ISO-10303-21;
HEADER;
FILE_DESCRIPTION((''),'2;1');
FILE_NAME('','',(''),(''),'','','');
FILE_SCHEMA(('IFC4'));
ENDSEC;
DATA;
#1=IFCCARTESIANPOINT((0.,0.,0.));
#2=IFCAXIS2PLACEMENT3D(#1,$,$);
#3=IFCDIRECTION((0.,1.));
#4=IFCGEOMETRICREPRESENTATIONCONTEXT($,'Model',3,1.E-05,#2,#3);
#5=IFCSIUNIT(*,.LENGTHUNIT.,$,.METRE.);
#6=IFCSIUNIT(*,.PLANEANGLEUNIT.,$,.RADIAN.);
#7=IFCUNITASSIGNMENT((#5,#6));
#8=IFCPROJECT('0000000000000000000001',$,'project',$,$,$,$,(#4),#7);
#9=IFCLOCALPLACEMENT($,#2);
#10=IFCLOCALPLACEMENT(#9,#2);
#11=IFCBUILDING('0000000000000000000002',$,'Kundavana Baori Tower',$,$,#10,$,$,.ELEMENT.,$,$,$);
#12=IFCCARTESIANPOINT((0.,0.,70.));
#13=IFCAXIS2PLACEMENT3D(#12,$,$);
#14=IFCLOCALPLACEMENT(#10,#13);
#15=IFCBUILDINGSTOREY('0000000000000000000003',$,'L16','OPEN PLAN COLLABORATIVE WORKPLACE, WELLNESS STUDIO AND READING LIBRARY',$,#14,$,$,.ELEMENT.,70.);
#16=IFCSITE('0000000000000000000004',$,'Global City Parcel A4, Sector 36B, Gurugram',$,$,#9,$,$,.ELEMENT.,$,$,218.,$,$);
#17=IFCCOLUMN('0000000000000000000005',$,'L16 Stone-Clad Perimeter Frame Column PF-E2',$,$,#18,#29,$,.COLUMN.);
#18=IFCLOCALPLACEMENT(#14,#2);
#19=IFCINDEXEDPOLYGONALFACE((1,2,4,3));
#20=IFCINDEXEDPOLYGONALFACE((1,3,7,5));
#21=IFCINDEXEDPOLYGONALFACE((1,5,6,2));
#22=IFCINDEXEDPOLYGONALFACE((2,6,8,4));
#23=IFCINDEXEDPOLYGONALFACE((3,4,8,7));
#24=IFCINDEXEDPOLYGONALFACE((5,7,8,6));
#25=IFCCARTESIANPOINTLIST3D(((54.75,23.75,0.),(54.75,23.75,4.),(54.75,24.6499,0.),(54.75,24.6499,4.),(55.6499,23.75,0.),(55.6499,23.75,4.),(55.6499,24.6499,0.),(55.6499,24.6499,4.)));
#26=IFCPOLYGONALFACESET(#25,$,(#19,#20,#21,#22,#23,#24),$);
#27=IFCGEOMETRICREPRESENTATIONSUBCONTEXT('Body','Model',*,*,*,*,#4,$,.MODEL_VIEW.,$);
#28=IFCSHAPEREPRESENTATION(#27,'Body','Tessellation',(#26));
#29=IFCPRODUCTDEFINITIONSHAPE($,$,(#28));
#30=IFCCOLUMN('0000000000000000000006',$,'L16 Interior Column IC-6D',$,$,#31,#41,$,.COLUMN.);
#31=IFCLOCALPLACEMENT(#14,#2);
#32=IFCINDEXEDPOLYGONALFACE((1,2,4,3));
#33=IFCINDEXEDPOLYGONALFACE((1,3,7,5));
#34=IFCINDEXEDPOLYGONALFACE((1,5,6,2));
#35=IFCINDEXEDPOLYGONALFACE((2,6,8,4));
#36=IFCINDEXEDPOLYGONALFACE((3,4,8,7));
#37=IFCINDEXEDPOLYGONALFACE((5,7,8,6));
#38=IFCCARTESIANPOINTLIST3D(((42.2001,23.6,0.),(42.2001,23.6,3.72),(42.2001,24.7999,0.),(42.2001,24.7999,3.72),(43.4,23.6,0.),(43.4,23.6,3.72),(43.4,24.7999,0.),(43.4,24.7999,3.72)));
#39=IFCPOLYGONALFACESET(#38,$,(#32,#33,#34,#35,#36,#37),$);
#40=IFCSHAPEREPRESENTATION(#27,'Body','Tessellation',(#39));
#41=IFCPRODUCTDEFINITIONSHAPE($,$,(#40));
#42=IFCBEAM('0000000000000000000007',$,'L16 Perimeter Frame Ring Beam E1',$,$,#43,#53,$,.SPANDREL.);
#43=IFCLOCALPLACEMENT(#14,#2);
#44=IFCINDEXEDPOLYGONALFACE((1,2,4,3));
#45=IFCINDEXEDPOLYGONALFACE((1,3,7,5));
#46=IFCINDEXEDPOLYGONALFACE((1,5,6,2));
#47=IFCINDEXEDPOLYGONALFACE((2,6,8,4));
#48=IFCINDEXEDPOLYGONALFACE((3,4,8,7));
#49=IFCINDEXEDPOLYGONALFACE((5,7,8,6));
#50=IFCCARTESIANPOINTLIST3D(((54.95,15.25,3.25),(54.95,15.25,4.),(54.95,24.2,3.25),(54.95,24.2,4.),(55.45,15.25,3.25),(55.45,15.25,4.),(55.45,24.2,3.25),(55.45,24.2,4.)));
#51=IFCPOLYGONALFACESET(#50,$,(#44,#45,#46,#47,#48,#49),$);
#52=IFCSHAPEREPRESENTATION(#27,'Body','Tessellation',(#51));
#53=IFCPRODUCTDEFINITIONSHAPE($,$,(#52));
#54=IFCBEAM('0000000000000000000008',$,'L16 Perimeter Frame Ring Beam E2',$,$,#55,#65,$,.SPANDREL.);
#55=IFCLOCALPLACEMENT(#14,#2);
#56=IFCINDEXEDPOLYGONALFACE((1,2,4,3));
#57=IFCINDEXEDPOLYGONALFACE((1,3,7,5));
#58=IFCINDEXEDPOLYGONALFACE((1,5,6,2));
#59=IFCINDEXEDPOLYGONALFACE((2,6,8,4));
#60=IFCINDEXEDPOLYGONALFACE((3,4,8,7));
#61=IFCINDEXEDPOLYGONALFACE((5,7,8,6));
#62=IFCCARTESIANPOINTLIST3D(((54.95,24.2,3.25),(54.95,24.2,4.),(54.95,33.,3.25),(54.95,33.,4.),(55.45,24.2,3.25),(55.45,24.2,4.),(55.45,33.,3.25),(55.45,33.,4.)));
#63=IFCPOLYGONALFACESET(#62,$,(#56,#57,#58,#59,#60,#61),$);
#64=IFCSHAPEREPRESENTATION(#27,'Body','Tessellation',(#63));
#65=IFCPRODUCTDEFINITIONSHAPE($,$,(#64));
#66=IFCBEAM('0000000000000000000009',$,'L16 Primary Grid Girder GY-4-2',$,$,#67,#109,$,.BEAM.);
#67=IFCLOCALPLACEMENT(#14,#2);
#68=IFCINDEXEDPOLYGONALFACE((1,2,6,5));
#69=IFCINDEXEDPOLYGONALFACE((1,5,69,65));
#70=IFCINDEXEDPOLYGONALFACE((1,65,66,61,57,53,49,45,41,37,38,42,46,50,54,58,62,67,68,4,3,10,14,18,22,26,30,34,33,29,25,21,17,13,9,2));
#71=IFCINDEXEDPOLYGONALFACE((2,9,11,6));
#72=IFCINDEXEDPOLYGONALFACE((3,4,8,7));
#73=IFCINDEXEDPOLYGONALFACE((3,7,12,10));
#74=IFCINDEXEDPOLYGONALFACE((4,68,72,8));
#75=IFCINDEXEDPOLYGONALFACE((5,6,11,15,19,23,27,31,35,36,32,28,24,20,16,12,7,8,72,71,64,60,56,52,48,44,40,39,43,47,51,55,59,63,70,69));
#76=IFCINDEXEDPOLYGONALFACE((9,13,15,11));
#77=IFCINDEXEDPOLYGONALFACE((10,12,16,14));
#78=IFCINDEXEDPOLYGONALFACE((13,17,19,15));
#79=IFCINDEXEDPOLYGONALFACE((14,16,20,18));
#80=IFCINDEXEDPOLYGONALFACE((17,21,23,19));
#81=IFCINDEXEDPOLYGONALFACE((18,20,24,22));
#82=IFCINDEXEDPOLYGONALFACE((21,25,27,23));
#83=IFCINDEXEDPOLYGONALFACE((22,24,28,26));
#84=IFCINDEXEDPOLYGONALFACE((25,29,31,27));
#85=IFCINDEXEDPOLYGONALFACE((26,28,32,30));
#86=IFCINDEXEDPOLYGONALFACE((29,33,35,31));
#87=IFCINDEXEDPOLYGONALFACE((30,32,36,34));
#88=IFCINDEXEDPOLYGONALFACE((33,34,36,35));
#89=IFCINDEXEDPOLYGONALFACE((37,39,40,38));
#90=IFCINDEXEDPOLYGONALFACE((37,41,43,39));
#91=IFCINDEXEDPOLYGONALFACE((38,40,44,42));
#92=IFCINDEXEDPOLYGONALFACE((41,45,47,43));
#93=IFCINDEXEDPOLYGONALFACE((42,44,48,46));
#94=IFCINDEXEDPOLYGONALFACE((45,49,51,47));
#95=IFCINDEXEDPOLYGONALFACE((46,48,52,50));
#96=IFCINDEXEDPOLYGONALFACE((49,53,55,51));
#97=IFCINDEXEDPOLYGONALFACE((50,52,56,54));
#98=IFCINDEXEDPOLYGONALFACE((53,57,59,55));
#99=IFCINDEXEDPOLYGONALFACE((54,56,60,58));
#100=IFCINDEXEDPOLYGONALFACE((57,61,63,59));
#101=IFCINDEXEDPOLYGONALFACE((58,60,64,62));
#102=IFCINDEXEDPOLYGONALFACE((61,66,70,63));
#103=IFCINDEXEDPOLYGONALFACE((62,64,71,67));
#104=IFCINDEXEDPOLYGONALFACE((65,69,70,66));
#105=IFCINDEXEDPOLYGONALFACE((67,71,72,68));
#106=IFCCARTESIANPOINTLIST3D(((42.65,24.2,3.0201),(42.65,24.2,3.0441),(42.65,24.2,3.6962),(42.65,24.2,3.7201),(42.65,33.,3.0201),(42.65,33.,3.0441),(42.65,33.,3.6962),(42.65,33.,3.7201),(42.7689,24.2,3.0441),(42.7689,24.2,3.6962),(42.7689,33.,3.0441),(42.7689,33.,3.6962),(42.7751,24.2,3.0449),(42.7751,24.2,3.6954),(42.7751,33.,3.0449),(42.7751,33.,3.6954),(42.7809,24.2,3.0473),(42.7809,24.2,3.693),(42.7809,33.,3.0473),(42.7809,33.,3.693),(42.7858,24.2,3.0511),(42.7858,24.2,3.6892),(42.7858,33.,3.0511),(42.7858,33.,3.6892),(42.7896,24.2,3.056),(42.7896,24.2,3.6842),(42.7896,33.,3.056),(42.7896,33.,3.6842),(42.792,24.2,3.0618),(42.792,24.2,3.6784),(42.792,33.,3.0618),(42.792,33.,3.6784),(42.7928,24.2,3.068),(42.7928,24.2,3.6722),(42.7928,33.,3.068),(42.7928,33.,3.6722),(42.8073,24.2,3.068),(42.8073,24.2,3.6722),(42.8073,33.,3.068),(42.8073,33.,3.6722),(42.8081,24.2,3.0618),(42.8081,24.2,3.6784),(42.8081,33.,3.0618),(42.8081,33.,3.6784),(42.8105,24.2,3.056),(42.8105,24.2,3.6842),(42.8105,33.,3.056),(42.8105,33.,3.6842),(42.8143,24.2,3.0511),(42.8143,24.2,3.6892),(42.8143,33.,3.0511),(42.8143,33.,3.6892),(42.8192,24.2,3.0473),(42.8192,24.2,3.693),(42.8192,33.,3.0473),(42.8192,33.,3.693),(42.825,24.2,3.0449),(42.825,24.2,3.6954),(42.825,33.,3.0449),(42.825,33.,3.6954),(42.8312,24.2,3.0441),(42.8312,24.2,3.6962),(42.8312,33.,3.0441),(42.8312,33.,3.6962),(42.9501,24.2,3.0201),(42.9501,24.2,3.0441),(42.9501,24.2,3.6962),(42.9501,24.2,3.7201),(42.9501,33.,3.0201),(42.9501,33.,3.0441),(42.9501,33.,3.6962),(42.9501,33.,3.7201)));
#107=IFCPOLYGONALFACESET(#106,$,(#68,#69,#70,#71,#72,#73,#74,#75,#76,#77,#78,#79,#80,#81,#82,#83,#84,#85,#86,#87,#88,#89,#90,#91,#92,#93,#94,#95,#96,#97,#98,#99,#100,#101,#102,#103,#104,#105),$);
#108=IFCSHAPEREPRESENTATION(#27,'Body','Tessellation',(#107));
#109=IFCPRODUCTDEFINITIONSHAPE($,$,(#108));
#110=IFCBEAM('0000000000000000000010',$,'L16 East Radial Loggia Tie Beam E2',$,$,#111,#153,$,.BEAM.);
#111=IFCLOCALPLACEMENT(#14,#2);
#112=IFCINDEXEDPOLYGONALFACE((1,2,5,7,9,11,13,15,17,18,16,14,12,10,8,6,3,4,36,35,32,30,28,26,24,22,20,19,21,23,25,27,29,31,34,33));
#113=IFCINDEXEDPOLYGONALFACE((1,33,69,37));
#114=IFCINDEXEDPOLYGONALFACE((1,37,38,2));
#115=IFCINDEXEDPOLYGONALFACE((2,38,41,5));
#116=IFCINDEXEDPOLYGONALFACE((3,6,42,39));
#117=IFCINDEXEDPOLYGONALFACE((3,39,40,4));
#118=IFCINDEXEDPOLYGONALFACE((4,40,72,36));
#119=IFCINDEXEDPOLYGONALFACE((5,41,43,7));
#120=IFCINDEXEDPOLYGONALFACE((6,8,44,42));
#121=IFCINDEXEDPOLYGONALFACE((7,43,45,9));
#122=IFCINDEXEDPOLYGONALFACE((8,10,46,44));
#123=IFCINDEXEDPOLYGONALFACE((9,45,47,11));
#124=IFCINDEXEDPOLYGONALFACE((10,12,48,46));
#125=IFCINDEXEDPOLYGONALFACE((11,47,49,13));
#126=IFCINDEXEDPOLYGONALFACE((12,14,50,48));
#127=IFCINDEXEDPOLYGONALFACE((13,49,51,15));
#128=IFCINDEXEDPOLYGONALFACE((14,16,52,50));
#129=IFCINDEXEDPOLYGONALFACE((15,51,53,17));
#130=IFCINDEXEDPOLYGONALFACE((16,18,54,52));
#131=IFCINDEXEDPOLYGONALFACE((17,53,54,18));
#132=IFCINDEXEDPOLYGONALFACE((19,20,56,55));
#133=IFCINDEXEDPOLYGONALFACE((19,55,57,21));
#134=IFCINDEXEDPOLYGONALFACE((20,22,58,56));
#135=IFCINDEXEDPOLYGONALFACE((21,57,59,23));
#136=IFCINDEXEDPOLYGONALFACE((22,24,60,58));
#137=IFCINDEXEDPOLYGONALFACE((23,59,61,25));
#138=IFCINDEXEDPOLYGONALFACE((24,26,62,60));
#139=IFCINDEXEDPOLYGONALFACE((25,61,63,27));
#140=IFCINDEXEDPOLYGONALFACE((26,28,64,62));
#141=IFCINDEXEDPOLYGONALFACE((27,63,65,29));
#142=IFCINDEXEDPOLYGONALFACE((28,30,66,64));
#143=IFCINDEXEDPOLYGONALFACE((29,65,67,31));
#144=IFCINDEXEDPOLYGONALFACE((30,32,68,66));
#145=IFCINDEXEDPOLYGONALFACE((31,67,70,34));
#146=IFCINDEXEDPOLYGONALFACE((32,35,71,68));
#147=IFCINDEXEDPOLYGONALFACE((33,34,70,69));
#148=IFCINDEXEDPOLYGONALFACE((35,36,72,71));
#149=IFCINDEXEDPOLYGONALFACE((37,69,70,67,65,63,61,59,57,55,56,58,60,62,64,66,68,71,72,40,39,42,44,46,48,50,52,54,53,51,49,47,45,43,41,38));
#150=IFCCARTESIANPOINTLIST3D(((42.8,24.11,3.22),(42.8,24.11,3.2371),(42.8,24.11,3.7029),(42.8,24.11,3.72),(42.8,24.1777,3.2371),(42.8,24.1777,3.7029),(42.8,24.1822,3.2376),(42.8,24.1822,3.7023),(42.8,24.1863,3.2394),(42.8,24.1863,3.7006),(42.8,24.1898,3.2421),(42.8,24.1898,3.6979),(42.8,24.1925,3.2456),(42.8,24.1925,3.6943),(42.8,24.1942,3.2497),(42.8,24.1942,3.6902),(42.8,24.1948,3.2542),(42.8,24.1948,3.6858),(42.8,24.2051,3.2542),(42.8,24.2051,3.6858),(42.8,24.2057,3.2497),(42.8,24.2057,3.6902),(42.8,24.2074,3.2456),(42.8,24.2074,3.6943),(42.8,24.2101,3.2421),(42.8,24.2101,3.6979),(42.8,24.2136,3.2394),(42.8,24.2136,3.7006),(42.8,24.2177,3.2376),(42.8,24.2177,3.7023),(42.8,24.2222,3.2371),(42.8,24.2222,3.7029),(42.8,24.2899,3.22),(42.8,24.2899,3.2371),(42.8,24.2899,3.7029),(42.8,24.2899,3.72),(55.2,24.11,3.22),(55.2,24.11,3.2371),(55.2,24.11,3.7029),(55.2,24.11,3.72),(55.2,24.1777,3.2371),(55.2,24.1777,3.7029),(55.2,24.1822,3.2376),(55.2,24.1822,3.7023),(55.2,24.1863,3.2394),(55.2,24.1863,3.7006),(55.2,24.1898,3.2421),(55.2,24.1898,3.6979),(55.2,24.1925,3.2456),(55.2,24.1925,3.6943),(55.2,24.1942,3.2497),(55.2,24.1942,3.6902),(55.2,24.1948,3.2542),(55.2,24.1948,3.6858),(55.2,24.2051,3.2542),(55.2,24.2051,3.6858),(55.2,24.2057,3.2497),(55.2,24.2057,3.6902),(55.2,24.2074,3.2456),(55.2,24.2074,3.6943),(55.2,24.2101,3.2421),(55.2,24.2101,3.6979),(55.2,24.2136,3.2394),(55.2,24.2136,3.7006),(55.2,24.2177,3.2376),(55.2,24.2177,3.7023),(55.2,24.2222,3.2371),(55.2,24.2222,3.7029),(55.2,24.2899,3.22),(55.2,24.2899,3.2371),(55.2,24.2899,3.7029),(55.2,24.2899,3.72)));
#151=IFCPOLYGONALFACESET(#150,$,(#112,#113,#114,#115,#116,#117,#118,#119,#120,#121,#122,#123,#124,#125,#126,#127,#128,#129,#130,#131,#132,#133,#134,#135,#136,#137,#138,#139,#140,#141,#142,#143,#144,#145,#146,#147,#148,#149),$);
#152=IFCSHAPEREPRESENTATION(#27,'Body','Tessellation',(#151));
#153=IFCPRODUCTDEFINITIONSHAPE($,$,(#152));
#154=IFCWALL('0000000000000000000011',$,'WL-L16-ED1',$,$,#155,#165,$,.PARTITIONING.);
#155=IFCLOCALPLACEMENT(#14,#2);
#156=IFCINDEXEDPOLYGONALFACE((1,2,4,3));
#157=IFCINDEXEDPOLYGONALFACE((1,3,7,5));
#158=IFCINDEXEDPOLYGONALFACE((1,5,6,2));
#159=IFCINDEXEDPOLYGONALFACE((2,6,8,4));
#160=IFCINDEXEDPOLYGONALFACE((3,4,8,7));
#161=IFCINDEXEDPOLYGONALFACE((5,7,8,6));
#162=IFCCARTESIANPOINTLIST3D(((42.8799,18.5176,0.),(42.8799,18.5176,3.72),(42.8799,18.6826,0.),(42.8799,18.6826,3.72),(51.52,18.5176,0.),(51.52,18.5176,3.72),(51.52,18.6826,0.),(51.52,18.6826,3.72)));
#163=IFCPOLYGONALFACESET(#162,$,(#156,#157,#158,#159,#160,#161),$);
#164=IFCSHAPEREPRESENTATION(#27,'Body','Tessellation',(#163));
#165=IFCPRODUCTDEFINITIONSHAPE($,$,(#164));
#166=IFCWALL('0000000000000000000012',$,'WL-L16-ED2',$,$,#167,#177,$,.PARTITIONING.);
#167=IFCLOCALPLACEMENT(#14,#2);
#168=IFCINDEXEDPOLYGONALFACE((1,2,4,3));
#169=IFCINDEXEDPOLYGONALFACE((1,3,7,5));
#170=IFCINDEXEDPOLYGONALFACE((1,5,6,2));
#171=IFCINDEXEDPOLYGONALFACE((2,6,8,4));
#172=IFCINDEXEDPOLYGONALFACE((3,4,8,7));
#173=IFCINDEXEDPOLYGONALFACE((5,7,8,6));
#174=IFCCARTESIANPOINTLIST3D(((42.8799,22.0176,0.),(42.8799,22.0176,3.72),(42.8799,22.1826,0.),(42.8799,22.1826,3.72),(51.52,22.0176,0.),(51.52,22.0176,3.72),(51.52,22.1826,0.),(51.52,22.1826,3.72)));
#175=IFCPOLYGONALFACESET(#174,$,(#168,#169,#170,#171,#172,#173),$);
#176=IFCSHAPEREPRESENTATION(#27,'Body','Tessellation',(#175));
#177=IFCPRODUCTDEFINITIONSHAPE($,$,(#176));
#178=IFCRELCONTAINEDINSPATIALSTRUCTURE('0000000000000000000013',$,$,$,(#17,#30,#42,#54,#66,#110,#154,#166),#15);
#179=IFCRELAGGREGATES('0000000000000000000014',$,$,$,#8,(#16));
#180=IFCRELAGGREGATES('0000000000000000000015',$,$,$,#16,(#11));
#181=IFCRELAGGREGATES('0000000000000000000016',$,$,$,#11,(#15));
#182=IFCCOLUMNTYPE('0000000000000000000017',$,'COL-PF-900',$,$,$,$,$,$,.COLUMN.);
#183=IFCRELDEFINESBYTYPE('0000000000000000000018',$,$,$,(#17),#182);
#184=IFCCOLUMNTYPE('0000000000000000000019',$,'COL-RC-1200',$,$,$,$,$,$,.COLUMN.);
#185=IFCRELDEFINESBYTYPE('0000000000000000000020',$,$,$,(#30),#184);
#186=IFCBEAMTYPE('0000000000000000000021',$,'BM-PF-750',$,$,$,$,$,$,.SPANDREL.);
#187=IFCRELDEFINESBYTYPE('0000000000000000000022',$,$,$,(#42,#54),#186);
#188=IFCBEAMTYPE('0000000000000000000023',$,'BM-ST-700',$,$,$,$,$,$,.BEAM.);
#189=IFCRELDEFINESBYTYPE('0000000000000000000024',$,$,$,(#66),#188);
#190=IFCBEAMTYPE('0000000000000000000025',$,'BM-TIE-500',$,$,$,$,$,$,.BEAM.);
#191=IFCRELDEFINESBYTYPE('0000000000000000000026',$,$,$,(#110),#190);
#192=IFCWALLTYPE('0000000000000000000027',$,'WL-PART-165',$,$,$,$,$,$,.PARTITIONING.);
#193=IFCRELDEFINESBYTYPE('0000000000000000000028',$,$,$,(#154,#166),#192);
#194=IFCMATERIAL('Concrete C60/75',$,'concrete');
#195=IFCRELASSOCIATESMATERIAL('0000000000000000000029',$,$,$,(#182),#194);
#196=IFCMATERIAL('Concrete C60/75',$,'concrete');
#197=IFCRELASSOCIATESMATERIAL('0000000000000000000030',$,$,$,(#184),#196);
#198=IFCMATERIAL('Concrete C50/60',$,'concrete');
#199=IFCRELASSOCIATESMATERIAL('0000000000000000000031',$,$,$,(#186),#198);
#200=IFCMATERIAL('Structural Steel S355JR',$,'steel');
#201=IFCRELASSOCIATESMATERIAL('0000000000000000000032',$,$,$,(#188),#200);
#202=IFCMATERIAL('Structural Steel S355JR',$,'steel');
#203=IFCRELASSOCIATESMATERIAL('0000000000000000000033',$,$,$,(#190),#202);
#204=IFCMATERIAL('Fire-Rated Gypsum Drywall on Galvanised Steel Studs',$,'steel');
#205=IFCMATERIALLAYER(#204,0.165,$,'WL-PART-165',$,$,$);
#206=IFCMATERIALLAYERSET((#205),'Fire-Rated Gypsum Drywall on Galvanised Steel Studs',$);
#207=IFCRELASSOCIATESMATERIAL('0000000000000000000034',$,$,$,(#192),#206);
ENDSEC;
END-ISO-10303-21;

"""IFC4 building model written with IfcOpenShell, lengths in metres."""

from ifc_helpers import new_model, si_unit, direction, frame, frame_2d, origin, origin_2d, place, context, subcontext, project, spatial, rectangle, i_section, extrude, material, layer, layer_set, material_profile, profile_set, type_object, element, save


model = new_model("IFC4")

# Units and contexts
model_context = context("Model", 3, precision=1e-05, world=origin(), true_north=direction((0.0, 1.0)))
body_context = subcontext(model_context, "Body", "Model", "MODEL_VIEW")
ifc_project = project(units=[si_unit("LENGTHUNIT", "METRE"), si_unit("PLANEANGLEUNIT", "RADIAN")], contexts=[model_context])

# Site, building, storey
site_placement = place(None, origin())
site = spatial("IfcSite", under=ifc_project, at=site_placement, Name="Global City Parcel A4, Sector 36B, Gurugram", CompositionType="ELEMENT", RefElevation=218.0)
building_placement = place(site_placement, origin())
building = spatial("IfcBuilding", under=site, at=building_placement, Name="Kundavana Baori Tower", CompositionType="ELEMENT")
storey_placement = place(building_placement, frame((0.0, 0.0, 70.0)))
storey = spatial("IfcBuildingStorey", under=building, at=storey_placement, Name="L16", Description="OPEN PLAN COLLABORATIVE WORKPLACE, WELLNESS STUDIO AND READING LIBRARY", CompositionType="ELEMENT", Elevation=70.0)

# Columns
ifc_material_1 = material(Name="Concrete C60/75", Category="concrete")
ifc_material_profile_1 = material_profile(ifc_material_1, rectangle(XDim=0.8999, YDim=0.8999, at=origin_2d()), Name="RC PF 900x900")
ifc_profile_set_1 = profile_set([ifc_material_profile_1], Name="Concrete C60/75")
column_type_1 = type_object("IfcColumnType", Name="COL-PF-900", PredefinedType="COLUMN", material=ifc_profile_set_1)
column_1_placement = place(storey_placement, frame((55.2, 24.2, 0.0), z_axis=(0.0, 0.0, 1.0), x_axis=(1.0, 0.0, 0.0)))
element("IfcColumn", 1, at=column_1_placement, inside=storey, type_object=column_type_1, Name="L16 Stone-Clad Perimeter Frame Column PF-E2", PredefinedType="COLUMN", context=body_context, shape_type="SweptSolid", body=[
    extrude(rectangle(XDim=0.8999, YDim=0.8999, at=origin_2d()), origin(), (0.0, 0.0, 1.0), 4.0),
])
ifc_material_2 = material(Name="Concrete C60/75", Category="concrete")
ifc_material_profile_2 = material_profile(ifc_material_2, rectangle(XDim=1.2, YDim=1.2, at=origin_2d()), Name="RC 1200x1200")
ifc_profile_set_2 = profile_set([ifc_material_profile_2], Name="Concrete C60/75")
column_type_2 = type_object("IfcColumnType", Name="COL-RC-1200", PredefinedType="COLUMN", material=ifc_profile_set_2)
column_2_placement = place(storey_placement, frame((42.8, 24.2, 0.0), z_axis=(0.0, 0.0, 1.0), x_axis=(1.0, 0.0, 0.0)))
element("IfcColumn", 2, at=column_2_placement, inside=storey, type_object=column_type_2, Name="L16 Interior Column IC-6D", PredefinedType="COLUMN", context=body_context, shape_type="SweptSolid", body=[
    extrude(rectangle(XDim=1.2, YDim=1.2, at=origin_2d()), origin(), (0.0, 0.0, 1.0), 3.72),
])

# Beams
ifc_material_3 = material(Name="Concrete C50/60", Category="concrete")
ifc_material_profile_3 = material_profile(ifc_material_3, rectangle(XDim=0.5, YDim=0.75, at=origin_2d()), Name="RC BM 500x750")
ifc_profile_set_3 = profile_set([ifc_material_profile_3], Name="Concrete C50/60")
beam_type_1 = type_object("IfcBeamType", Name="BM-PF-750", PredefinedType="SPANDREL", material=ifc_profile_set_3)
beam_1_placement = place(storey_placement, frame((55.2, 15.25, 3.625), z_axis=(0.0, 1.0, 0.0), x_axis=(-1.0, 0.0, 0.0)))
element("IfcBeam", 3, at=beam_1_placement, inside=storey, type_object=beam_type_1, Name="L16 Perimeter Frame Ring Beam E1", PredefinedType="SPANDREL", context=body_context, shape_type="SweptSolid", body=[
    extrude(rectangle(XDim=0.5, YDim=0.75, at=origin_2d()), origin(), (0.0, 0.0, 1.0), 8.95),
])
beam_2_placement = place(storey_placement, frame((55.2, 24.2, 3.625), z_axis=(0.0, 1.0, 0.0), x_axis=(-1.0, 0.0, 0.0)))
element("IfcBeam", 4, at=beam_2_placement, inside=storey, type_object=beam_type_1, Name="L16 Perimeter Frame Ring Beam E2", PredefinedType="SPANDREL", context=body_context, shape_type="SweptSolid", body=[
    extrude(rectangle(XDim=0.5, YDim=0.75, at=origin_2d()), origin(), (0.0, 0.0, 1.0), 8.8),
])
ifc_material_4 = material(Name="Structural Steel S355JR", Category="steel")
ifc_material_profile_4 = material_profile(ifc_material_4, i_section(OverallWidth=0.3, OverallDepth=0.7, WebThickness=0.0144, FlangeThickness=0.0239, FilletRadius=0.0239, at=origin_2d()), Name="NPB 700x300x170")
ifc_profile_set_4 = profile_set([ifc_material_profile_4], Name="Structural Steel S355JR")
beam_type_2 = type_object("IfcBeamType", Name="BM-ST-700", PredefinedType="BEAM", material=ifc_profile_set_4)
beam_3_placement = place(storey_placement, frame((42.8, 24.2, 3.3701), z_axis=(0.0, 1.0, 0.0), x_axis=(-1.0, 0.0, 0.0)))
element("IfcBeam", 5, at=beam_3_placement, inside=storey, type_object=beam_type_2, Name="L16 Primary Grid Girder GY-4-2", PredefinedType="BEAM", context=body_context, shape_type="SweptSolid", body=[
    extrude(i_section(OverallWidth=0.3, OverallDepth=0.7, WebThickness=0.0144, FlangeThickness=0.0239, FilletRadius=0.0239, at=origin_2d()), origin(), (0.0, 0.0, 1.0), 8.8),
])
ifc_material_5 = material(Name="Structural Steel S355JR", Category="steel")
ifc_material_profile_5 = material_profile(ifc_material_5, i_section(OverallWidth=0.1799, OverallDepth=0.5, WebThickness=0.0103, FlangeThickness=0.0171, FilletRadius=0.0171, at=origin_2d()), Name="ISMB 500")
ifc_profile_set_5 = profile_set([ifc_material_profile_5], Name="Structural Steel S355JR")
beam_type_3 = type_object("IfcBeamType", Name="BM-TIE-500", PredefinedType="BEAM", material=ifc_profile_set_5)
beam_4_placement = place(storey_placement, frame((42.8, 24.2, 3.47), z_axis=(1.0, 0.0, 0.0), x_axis=(0.0, 1.0, 0.0)))
element("IfcBeam", 6, at=beam_4_placement, inside=storey, type_object=beam_type_3, Name="L16 East Radial Loggia Tie Beam E2", PredefinedType="BEAM", context=body_context, shape_type="SweptSolid", body=[
    extrude(i_section(OverallWidth=0.1799, OverallDepth=0.5, WebThickness=0.0103, FlangeThickness=0.0171, FilletRadius=0.0171, at=origin_2d()), origin(), (0.0, 0.0, 1.0), 12.3999),
])

# Walls
ifc_material_6 = material(Name="Fire-Rated Gypsum Drywall on Galvanised Steel Studs", Category="steel")
ifc_layer = layer(ifc_material_6, 0.165, Name="WL-PART-165")
ifc_layer_set = layer_set([ifc_layer], Name="Fire-Rated Gypsum Drywall on Galvanised Steel Studs")
wall_type = type_object("IfcWallType", Name="WL-PART-165", PredefinedType="PARTITIONING", material=ifc_layer_set)
for number, where, z_axis, x_axis, name in (
    (7, (42.8799, 18.6001, 0.0), (0.0, 0.0, 1.0), (1.0, 0.0, 0.0), "WL-L16-ED1"),
    (8, (42.8799, 22.1001, 0.0), (0.0, 0.0, 1.0), (1.0, 0.0, 0.0), "WL-L16-ED2"),
):
    element("IfcWall", number, at=place(storey_placement, frame(where, z_axis=z_axis, x_axis=x_axis)), inside=storey, type_object=wall_type, Name=name, PredefinedType="PARTITIONING", context=body_context, shape_type="SweptSolid", body=[
        extrude(rectangle(XDim=8.6401, YDim=0.165, at=frame_2d((4.3201, 0.0))), origin(), (0.0, 0.0, 1.0), 3.72),
    ])

save(model, "model.ifc")
